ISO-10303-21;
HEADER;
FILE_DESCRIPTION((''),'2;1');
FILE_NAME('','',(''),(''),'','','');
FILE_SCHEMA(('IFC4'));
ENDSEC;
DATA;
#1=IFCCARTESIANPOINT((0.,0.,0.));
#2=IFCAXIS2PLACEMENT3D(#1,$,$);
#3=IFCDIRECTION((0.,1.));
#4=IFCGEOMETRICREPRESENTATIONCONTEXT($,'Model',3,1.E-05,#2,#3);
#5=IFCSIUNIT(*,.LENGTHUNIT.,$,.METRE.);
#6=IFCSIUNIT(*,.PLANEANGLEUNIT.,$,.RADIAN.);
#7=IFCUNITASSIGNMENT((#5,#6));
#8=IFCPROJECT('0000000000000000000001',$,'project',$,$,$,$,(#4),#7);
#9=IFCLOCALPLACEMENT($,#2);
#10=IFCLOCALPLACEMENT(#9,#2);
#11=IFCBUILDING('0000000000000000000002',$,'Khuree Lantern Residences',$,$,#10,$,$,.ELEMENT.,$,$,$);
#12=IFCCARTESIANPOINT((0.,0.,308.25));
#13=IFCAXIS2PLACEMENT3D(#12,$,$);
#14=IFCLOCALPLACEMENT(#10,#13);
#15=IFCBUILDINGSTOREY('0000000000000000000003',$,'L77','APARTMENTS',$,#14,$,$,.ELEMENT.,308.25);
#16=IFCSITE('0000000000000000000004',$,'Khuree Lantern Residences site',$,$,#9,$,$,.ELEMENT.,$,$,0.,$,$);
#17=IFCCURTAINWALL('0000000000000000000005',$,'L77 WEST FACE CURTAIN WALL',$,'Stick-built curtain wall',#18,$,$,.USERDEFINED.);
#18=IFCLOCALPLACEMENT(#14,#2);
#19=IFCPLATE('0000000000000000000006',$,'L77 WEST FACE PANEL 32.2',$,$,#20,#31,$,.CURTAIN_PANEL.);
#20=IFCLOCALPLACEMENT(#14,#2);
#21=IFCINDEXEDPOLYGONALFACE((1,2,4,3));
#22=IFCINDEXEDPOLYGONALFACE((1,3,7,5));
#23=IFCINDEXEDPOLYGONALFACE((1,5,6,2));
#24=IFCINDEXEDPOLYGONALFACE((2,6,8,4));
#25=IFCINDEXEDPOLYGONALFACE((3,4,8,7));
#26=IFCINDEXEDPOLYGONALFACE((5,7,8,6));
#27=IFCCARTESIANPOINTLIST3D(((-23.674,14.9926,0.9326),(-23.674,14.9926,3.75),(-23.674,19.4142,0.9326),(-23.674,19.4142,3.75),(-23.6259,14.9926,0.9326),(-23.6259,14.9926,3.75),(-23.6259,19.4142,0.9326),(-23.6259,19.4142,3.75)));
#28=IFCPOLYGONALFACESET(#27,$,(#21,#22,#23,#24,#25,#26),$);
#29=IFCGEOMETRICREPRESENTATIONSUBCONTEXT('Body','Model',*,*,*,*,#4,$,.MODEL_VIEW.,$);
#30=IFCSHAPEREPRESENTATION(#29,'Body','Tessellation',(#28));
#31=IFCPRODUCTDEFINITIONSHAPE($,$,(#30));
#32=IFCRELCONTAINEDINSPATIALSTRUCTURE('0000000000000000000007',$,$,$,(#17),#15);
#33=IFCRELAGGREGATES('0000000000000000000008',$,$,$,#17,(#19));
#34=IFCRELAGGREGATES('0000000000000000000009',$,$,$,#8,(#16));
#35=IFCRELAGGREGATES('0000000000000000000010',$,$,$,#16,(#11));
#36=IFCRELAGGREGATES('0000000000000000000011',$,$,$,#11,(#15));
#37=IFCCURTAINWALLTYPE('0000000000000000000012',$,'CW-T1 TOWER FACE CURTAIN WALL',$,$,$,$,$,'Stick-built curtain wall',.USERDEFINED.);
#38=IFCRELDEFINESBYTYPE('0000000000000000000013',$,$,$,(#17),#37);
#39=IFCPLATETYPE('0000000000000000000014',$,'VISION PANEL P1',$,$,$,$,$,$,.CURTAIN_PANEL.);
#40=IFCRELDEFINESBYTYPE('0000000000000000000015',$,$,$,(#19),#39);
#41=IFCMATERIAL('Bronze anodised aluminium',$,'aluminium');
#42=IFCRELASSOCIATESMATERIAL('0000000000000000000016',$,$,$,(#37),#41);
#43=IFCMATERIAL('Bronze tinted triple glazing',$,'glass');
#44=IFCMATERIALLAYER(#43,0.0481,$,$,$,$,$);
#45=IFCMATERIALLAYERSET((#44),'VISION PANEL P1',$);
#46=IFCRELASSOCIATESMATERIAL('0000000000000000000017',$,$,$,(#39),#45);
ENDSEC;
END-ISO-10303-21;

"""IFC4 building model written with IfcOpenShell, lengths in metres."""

from ifc_helpers import new_model, si_unit, direction, frame, origin, origin_2d, place, context, subcontext, project, spatial, rectangle, extrude, material, layer, layer_set, type_object, element, aggregate, save


model = new_model("IFC4")

# Units and contexts
model_context = context("Model", 3, precision=1e-05, world=origin(), true_north=direction((0.0, 1.0)))
body_context = subcontext(model_context, "Body", "Model", "MODEL_VIEW")
ifc_project = project(units=[si_unit("LENGTHUNIT", "METRE"), si_unit("PLANEANGLEUNIT", "RADIAN")], contexts=[model_context])

# Site, building, storey
site_placement = place(None, origin())
site = spatial("IfcSite", under=ifc_project, at=site_placement, Name="Khuree Lantern Residences site", CompositionType="ELEMENT", RefElevation=0.0)
building_placement = place(site_placement, origin())
building = spatial("IfcBuilding", under=site, at=building_placement, Name="Khuree Lantern Residences", CompositionType="ELEMENT")
storey_placement = place(building_placement, frame((0.0, 0.0, 308.25)))
storey = spatial("IfcBuildingStorey", under=building, at=storey_placement, Name="L77", Description="APARTMENTS", CompositionType="ELEMENT", Elevation=308.25)

# Curtain wall
ifc_material_1 = material(Name="Bronze anodised aluminium", Category="aluminium")
curtain_wall_type_1 = type_object("IfcCurtainWallType", Name="CW-T1 TOWER FACE CURTAIN WALL", ElementType="Stick-built curtain wall", PredefinedType="USERDEFINED", material=ifc_material_1)
curtain_wall_1_placement = place(storey_placement, origin())
curtain_wall_1 = element("IfcCurtainWall", 1, at=curtain_wall_1_placement, inside=storey, type_object=curtain_wall_type_1, Name="L77 WEST FACE CURTAIN WALL", ObjectType="Stick-built curtain wall", PredefinedType="USERDEFINED")

# Plate
ifc_material_2 = material(Name="Bronze tinted triple glazing", Category="glass")
ifc_layer_1 = layer(ifc_material_2, 0.0481)
ifc_layer_set_1 = layer_set([ifc_layer_1], Name="VISION PANEL P1")
plate_type_1 = type_object("IfcPlateType", Name="VISION PANEL P1", PredefinedType="CURTAIN_PANEL", material=ifc_layer_set_1)
plate_1_placement = place(storey_placement, frame((-23.6499, 17.2034, 0.9326), z_axis=(0.0, 0.0, 1.0), x_axis=(0.0, -1.0, 0.0)))
plate_1 = element("IfcPlate", 2, at=plate_1_placement, type_object=plate_type_1, Name="L77 WEST FACE PANEL 32.2", PredefinedType="CURTAIN_PANEL", context=body_context, shape_type="SweptSolid", body=[
    extrude(rectangle(XDim=4.4216, YDim=0.0481, at=origin_2d()), origin(), (0.0, 0.0, 1.0), 2.8174),
])
aggregate(curtain_wall_1, [plate_1])

save(model, "model.ifc")
